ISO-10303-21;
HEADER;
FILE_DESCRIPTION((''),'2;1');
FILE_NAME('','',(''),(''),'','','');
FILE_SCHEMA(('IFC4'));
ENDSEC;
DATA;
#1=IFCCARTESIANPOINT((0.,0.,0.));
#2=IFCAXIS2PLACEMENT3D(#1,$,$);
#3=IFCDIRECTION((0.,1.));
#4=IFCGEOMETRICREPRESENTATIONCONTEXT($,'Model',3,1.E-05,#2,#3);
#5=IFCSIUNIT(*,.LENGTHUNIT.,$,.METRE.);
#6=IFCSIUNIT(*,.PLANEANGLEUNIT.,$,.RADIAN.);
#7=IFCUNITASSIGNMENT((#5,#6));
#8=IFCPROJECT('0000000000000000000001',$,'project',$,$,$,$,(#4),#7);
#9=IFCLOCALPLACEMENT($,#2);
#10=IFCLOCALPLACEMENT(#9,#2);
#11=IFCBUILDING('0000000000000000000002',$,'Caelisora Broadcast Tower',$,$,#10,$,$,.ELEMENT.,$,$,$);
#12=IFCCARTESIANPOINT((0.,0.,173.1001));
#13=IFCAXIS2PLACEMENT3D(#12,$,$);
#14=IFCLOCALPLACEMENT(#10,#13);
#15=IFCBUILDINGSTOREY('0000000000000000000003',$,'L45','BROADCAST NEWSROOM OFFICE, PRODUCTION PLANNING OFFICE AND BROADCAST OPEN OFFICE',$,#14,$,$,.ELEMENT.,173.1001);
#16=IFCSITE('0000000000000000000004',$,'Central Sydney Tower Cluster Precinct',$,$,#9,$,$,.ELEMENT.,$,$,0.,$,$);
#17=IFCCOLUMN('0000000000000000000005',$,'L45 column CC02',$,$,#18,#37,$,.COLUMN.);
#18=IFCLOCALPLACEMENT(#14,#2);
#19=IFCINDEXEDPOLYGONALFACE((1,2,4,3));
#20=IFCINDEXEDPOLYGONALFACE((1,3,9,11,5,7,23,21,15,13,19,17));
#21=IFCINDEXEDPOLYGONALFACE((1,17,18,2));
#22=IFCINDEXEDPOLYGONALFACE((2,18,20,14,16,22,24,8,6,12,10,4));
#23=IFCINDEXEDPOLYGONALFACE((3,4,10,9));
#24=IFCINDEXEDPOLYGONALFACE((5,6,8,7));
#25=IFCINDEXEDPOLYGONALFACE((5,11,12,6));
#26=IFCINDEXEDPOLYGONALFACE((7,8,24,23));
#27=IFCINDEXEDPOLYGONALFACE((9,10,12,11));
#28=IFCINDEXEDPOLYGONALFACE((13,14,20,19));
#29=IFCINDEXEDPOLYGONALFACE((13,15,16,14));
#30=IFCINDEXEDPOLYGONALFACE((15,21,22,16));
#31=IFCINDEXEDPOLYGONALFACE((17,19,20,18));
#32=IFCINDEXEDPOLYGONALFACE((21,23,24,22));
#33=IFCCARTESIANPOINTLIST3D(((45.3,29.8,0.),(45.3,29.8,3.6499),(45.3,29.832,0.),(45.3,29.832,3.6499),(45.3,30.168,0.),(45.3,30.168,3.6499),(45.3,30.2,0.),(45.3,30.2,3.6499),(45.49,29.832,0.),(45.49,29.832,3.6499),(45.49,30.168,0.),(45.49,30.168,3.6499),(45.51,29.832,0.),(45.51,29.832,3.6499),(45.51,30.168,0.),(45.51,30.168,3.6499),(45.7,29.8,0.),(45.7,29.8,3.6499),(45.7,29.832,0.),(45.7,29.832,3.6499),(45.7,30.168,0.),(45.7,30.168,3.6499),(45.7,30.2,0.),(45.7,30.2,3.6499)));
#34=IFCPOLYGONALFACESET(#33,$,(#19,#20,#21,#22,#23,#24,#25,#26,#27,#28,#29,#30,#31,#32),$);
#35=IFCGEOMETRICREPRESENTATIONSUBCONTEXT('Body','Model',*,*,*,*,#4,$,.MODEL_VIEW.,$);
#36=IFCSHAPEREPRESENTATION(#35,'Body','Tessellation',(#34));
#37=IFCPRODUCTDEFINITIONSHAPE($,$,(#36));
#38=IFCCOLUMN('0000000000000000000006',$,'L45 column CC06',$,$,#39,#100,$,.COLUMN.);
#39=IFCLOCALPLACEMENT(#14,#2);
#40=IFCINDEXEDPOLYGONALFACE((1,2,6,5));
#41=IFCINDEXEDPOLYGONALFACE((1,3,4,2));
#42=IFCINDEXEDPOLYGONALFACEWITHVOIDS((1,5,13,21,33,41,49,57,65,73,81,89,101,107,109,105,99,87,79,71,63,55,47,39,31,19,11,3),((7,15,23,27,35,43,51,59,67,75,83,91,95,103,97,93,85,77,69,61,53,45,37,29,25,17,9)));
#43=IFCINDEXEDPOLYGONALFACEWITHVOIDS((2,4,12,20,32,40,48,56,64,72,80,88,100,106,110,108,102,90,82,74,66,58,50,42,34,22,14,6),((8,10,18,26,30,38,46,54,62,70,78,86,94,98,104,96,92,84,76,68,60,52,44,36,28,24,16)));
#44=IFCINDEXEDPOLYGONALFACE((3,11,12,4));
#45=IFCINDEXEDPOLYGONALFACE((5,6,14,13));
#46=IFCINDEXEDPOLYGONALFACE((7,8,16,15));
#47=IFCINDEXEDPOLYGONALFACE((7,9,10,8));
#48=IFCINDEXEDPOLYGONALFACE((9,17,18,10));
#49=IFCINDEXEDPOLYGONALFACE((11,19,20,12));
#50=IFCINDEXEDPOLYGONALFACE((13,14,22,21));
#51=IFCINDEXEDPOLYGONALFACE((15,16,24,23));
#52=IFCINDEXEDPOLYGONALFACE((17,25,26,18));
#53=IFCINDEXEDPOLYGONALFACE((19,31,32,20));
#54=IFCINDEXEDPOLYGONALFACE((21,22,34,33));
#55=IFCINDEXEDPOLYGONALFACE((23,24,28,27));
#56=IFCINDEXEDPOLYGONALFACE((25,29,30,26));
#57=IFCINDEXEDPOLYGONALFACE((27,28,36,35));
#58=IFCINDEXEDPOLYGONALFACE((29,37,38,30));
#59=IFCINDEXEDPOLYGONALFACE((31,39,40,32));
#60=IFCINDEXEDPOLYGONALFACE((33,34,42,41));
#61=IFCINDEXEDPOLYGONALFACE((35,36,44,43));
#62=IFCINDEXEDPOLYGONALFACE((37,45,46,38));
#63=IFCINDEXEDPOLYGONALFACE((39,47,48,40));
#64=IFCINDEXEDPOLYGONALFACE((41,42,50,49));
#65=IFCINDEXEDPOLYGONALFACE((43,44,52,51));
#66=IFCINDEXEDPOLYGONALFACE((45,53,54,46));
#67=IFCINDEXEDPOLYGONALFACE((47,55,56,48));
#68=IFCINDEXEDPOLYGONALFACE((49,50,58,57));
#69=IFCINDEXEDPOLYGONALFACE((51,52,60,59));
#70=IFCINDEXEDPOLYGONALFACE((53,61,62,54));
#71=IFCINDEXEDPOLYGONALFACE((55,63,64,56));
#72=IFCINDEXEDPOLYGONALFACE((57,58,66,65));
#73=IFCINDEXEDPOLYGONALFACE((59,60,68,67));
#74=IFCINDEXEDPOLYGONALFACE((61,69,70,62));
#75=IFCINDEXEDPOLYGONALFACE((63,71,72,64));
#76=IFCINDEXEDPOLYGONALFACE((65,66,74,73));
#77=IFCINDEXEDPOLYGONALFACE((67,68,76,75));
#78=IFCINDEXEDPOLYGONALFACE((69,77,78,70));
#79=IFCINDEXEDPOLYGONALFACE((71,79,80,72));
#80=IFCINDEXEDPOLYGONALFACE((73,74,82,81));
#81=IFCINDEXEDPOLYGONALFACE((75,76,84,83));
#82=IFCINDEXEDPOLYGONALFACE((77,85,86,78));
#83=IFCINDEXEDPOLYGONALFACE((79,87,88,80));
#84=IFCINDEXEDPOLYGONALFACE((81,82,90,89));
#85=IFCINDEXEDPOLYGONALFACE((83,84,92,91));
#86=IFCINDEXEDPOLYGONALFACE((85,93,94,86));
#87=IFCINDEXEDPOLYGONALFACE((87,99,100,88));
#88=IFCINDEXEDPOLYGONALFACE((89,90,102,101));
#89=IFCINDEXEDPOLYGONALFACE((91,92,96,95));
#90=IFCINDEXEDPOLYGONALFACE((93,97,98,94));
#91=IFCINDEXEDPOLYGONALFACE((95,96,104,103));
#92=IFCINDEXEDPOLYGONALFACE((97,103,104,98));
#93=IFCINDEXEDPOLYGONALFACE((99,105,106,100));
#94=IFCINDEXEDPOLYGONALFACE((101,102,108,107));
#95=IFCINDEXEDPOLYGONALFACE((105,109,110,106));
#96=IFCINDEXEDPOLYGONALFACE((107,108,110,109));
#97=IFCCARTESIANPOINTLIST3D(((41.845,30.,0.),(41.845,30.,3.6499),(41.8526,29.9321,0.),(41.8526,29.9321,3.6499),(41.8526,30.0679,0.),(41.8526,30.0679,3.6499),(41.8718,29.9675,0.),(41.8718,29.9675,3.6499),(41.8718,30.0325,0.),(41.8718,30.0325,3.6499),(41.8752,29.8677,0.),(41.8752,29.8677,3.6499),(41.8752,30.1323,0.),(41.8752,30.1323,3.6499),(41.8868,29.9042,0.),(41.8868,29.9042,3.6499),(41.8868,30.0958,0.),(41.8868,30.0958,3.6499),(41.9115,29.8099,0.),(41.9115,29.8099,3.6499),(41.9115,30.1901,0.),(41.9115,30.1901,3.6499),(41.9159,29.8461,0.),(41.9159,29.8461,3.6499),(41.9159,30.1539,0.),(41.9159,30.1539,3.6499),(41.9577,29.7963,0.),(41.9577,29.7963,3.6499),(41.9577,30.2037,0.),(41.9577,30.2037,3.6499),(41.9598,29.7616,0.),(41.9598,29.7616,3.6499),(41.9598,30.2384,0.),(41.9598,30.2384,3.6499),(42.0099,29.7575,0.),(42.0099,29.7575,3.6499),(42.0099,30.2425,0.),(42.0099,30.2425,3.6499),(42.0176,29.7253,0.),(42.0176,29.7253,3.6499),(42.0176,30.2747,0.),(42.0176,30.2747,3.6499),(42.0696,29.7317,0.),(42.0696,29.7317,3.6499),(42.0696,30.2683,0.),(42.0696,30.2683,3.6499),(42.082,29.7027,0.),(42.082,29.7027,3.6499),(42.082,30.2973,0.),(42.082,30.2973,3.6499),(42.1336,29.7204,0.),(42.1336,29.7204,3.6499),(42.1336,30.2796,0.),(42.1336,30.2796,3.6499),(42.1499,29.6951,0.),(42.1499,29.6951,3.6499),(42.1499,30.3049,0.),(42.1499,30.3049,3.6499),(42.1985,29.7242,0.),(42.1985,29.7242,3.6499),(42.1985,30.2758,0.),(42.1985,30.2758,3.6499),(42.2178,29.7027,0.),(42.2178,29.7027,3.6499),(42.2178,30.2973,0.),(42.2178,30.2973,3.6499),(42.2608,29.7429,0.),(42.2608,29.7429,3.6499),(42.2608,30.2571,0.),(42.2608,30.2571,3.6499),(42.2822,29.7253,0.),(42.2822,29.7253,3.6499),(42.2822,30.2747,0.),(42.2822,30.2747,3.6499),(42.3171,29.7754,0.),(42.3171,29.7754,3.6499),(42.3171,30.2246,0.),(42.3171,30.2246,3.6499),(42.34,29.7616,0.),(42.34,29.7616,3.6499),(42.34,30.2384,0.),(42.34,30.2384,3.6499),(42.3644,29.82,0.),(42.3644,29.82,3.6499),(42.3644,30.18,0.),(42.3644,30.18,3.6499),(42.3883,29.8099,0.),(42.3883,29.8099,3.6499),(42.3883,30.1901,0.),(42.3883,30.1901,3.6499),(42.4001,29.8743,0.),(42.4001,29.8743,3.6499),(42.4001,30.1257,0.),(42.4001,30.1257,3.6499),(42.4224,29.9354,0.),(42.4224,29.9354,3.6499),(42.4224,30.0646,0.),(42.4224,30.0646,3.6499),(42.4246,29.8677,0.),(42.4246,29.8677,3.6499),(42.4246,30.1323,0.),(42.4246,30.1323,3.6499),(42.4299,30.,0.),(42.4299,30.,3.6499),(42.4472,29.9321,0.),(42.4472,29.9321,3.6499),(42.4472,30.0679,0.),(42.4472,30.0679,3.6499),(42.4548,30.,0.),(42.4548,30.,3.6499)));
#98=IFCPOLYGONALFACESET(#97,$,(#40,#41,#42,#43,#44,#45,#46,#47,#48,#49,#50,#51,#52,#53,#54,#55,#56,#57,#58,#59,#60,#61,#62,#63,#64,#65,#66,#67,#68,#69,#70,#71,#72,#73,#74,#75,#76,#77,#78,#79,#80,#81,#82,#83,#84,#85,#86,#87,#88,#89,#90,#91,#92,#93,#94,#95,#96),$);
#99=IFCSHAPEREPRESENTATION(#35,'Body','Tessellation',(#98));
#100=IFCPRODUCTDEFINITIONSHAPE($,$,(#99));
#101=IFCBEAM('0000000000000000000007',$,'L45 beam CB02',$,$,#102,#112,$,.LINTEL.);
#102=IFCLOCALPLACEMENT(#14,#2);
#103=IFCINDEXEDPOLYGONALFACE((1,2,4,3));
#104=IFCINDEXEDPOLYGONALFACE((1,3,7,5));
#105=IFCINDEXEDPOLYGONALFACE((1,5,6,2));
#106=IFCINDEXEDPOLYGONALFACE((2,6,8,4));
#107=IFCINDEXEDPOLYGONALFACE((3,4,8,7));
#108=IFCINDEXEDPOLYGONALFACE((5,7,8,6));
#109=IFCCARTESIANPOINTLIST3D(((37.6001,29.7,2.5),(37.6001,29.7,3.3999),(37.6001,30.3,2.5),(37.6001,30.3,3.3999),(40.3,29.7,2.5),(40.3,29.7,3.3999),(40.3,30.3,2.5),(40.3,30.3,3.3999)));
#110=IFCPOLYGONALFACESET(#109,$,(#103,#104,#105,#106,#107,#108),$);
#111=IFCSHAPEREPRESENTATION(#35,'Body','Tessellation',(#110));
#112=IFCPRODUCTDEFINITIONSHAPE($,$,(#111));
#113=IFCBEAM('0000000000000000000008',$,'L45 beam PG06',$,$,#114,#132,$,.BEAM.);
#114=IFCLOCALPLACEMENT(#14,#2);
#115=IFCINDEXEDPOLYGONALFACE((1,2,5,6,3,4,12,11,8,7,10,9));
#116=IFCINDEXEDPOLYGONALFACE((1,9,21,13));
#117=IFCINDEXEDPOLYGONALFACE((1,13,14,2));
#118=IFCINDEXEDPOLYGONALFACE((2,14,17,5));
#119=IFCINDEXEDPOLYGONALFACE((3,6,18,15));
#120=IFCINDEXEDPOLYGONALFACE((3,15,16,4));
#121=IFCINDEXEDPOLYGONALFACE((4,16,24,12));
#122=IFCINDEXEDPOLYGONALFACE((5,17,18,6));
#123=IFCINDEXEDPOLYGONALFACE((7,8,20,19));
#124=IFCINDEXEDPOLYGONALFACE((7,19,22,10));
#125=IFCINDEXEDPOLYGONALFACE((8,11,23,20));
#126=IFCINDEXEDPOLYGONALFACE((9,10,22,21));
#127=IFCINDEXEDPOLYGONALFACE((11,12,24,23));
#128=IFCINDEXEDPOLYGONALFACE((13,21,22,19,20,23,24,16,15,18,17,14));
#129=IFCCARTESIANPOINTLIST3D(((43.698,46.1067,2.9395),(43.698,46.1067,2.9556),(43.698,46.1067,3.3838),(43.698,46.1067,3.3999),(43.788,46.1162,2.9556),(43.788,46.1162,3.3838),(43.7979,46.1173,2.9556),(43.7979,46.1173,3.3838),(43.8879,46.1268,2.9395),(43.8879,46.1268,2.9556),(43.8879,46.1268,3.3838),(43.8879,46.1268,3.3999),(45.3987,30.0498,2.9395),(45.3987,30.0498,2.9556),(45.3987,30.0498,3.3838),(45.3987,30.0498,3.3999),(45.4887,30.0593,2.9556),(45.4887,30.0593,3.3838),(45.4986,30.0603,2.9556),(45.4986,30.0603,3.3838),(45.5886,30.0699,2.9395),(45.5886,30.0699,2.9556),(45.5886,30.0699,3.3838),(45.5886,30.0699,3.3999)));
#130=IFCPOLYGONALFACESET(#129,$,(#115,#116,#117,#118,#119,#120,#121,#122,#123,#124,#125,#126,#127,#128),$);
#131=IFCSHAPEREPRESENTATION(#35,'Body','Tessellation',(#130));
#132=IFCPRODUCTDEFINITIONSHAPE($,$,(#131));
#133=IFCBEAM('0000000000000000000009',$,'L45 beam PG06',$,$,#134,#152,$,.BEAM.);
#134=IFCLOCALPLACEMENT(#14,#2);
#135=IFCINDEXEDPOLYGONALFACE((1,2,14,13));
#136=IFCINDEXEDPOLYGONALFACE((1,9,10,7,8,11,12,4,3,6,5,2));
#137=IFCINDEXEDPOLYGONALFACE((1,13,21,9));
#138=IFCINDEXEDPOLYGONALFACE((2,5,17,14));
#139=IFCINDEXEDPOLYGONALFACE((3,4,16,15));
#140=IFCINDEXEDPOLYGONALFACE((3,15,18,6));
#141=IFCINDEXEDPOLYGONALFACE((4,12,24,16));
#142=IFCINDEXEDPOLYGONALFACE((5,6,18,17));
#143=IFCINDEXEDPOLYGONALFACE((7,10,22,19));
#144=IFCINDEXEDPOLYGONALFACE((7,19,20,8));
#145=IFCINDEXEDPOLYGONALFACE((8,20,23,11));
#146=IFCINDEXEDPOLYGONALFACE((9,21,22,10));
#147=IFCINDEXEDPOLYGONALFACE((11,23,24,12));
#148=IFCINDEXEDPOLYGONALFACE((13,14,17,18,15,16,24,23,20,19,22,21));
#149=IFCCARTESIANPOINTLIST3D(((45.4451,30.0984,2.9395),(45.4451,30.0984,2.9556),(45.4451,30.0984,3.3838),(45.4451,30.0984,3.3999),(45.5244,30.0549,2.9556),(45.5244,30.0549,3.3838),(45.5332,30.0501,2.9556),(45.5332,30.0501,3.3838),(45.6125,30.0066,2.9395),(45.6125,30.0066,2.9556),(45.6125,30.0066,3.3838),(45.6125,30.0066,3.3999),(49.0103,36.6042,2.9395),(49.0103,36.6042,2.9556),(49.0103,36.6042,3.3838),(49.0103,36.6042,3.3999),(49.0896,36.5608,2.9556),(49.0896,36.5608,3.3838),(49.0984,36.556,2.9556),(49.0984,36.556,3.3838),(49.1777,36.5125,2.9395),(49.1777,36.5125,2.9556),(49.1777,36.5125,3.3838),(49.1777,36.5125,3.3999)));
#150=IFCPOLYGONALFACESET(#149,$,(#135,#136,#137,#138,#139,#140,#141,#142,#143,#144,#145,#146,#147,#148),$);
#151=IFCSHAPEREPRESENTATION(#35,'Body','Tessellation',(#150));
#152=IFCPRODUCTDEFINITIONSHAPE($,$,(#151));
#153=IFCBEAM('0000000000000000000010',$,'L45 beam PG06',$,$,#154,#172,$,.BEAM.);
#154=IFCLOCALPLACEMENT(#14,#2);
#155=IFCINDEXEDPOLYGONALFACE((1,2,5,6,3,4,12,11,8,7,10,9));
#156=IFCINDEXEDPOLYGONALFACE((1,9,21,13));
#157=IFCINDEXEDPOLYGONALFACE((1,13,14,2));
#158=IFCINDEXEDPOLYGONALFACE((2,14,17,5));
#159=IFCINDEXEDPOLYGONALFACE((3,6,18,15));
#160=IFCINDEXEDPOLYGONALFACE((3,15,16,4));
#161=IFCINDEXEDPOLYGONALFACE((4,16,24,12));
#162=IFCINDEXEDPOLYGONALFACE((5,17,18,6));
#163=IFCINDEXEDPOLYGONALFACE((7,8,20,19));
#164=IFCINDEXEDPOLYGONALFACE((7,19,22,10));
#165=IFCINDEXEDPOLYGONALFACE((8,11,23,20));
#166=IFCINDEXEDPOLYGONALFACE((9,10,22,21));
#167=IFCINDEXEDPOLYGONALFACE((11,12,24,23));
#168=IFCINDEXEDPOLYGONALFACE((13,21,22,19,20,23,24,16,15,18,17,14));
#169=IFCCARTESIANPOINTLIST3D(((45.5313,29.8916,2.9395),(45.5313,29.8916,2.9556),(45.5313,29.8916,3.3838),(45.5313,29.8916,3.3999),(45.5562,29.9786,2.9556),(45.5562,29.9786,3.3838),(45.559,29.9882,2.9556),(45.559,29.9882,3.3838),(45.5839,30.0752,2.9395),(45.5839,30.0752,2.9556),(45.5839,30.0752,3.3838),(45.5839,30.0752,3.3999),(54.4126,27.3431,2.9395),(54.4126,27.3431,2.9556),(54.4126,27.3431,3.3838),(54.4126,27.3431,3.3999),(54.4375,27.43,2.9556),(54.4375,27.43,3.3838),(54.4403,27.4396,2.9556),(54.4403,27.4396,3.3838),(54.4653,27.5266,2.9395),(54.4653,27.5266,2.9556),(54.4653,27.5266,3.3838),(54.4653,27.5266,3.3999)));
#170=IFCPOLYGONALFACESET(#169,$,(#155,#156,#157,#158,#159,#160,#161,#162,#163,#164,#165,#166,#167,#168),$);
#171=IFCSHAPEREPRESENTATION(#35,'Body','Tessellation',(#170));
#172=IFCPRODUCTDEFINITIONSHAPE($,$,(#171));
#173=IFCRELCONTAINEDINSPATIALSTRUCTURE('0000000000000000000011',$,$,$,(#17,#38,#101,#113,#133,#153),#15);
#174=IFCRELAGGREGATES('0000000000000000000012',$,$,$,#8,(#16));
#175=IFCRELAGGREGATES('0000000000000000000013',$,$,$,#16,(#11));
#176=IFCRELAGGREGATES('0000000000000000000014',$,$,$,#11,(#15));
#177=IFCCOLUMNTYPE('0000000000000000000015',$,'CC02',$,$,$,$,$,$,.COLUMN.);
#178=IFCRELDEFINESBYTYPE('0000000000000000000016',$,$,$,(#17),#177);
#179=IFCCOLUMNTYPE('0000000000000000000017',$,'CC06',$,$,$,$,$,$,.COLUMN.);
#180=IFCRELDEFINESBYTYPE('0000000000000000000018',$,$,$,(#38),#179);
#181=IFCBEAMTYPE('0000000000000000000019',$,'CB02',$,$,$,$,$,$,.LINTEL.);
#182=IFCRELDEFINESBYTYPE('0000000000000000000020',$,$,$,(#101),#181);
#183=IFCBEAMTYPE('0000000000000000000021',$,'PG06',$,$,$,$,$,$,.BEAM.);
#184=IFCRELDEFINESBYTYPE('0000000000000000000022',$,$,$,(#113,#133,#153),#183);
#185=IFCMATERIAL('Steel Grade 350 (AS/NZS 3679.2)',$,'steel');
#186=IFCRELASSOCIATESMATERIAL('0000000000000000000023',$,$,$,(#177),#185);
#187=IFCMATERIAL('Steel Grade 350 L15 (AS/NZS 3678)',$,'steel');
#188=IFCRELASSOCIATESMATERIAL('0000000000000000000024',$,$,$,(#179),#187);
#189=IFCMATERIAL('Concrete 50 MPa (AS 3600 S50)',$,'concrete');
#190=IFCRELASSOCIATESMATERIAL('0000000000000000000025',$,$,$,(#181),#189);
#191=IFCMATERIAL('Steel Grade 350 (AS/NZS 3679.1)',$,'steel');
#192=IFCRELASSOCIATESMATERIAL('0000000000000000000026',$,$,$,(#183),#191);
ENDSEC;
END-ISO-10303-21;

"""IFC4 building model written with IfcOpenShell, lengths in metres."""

from ifc_helpers import new_model, si_unit, direction, frame, origin, origin_2d, place, context, subcontext, project, spatial, rectangle, hollow_circle, i_section, extrude, source, transform, mapped, material, material_profile, profile_set, type_object, type_shapes, element, save


model = new_model("IFC4")

# Units and contexts
model_context = context("Model", 3, precision=1e-05, world=origin(), true_north=direction((0.0, 1.0)))
body_context = subcontext(model_context, "Body", "Model", "MODEL_VIEW")
ifc_project = project(units=[si_unit("LENGTHUNIT", "METRE"), si_unit("PLANEANGLEUNIT", "RADIAN")], contexts=[model_context])

# Site, building, storey
site_placement = place(None, origin())
site = spatial("IfcSite", under=ifc_project, at=site_placement, Name="Central Sydney Tower Cluster Precinct", CompositionType="ELEMENT", RefElevation=0.0)
building_placement = place(site_placement, origin())
building = spatial("IfcBuilding", under=site, at=building_placement, Name="Caelisora Broadcast Tower", CompositionType="ELEMENT")
storey_placement = place(building_placement, frame((0.0, 0.0, 173.1001)))
storey = spatial("IfcBuildingStorey", under=building, at=storey_placement, Name="L45", Description="BROADCAST NEWSROOM OFFICE, PRODUCTION PLANNING OFFICE AND BROADCAST OPEN OFFICE", CompositionType="ELEMENT", Elevation=173.1001)

# Columns
ifc_material_1 = material(Name="Steel Grade 350 (AS/NZS 3679.2)", Category="steel")
ifc_material_profile_1 = material_profile(ifc_material_1, i_section(OverallWidth=0.3999, OverallDepth=0.3999, WebThickness=0.02, FlangeThickness=0.032, at=origin_2d()), Name="Steel Grade 350 (AS/NZS 3679.2)")
ifc_profile_set_1 = profile_set([ifc_material_profile_1], Name="Steel Grade 350 (AS/NZS 3679.2)")
column_type_1 = type_object("IfcColumnType", Name="CC02", PredefinedType="COLUMN", material=ifc_profile_set_1)
shared_shape_1 = source(origin(), body_context, "Body", "SweptSolid", [
    extrude(i_section(OverallWidth=0.3999, OverallDepth=0.3999, WebThickness=0.02, FlangeThickness=0.032, at=origin_2d()), origin(), (0.0, 0.0, 1.0), 3.6499),
])
type_shapes(column_type_1, [shared_shape_1])
column_1_placement = place(storey_placement, frame((45.5, 30.0, 0.0), z_axis=(0.0, 0.0, 1.0), x_axis=(1.0, 0.0, 0.0)))
element("IfcColumn", 1, at=column_1_placement, inside=storey, type_object=column_type_1, Name="L45 column CC02", PredefinedType="COLUMN", context=body_context, shape_type="MappedRepresentation", body=[
    mapped(shared_shape_1, transform((0.0, 0.0, 0.0), scale=1.0)),
])
ifc_material_2 = material(Name="Steel Grade 350 L15 (AS/NZS 3678)", Category="steel")
ifc_material_profile_2 = material_profile(ifc_material_2, hollow_circle(Radius=0.3049, WallThickness=0.0249, at=origin_2d()), Name="Steel Grade 350 L15 (AS/NZS 3678)")
ifc_profile_set_2 = profile_set([ifc_material_profile_2], Name="Steel Grade 350 L15 (AS/NZS 3678)")
column_type_2 = type_object("IfcColumnType", Name="CC06", PredefinedType="COLUMN", material=ifc_profile_set_2)
shared_shape_2 = source(origin(), body_context, "Body", "SweptSolid", [
    extrude(hollow_circle(Radius=0.3049, WallThickness=0.0249, at=origin_2d()), origin(), (0.0, 0.0, 1.0), 3.6499),
])
type_shapes(column_type_2, [shared_shape_2])
column_2_placement = place(storey_placement, frame((42.1499, 30.0, 0.0), z_axis=(0.0, 0.0, 1.0), x_axis=(1.0, 0.0, 0.0)))
element("IfcColumn", 2, at=column_2_placement, inside=storey, type_object=column_type_2, Name="L45 column CC06", PredefinedType="COLUMN", context=body_context, shape_type="MappedRepresentation", body=[
    mapped(shared_shape_2, transform((0.0, 0.0, 0.0), scale=1.0)),
])

# Beams
ifc_material_3 = material(Name="Concrete 50 MPa (AS 3600 S50)", Category="concrete")
ifc_material_profile_3 = material_profile(ifc_material_3, rectangle(XDim=0.6001, YDim=0.8999, at=origin_2d()), Name="Concrete 50 MPa (AS 3600 S50)")
ifc_profile_set_3 = profile_set([ifc_material_profile_3], Name="Concrete 50 MPa (AS 3600 S50)")
beam_type_1 = type_object("IfcBeamType", Name="CB02", PredefinedType="LINTEL", material=ifc_profile_set_3)
shared_shape_3 = source(origin(), body_context, "Body", "SweptSolid", [
    extrude(rectangle(XDim=0.6001, YDim=0.8999, at=origin_2d()), origin(), (0.0, 0.0, 1.0), 2.7),
])
type_shapes(beam_type_1, [shared_shape_3])
beam_1_placement = place(storey_placement, frame((37.6001, 30.0, 2.95), z_axis=(1.0, 0.0, 0.0), x_axis=(0.0, 1.0, 0.0)))
element("IfcBeam", 3, at=beam_1_placement, inside=storey, type_object=beam_type_1, Name="L45 beam CB02", PredefinedType="LINTEL", context=body_context, shape_type="MappedRepresentation", body=[
    mapped(shared_shape_3, transform((0.0, 0.0, 0.0), scale=1.0)),
])
ifc_material_4 = material(Name="Steel Grade 350 (AS/NZS 3679.1)", Category="steel")
ifc_material_profile_4 = material_profile(ifc_material_4, i_section(OverallWidth=0.1909, OverallDepth=0.4604, WebThickness=0.01, FlangeThickness=0.0161, at=origin_2d()), Name="Steel Grade 350 (AS/NZS 3679.1)")
ifc_profile_set_4 = profile_set([ifc_material_profile_4], Name="Steel Grade 350 (AS/NZS 3679.1)")
beam_type_2 = type_object("IfcBeamType", Name="PG06", PredefinedType="BEAM", material=ifc_profile_set_4)
shared_shape_4 = source(origin(), body_context, "Body", "SweptSolid", [
    extrude(i_section(OverallWidth=0.1909, OverallDepth=0.4604, WebThickness=0.01, FlangeThickness=0.0161, at=origin_2d()), origin(), (0.0, 0.0, 1.0), 16.1467),
])
beam_2_placement = place(storey_placement, frame((45.4937, 30.0598, 3.1697), z_axis=(-0.105327, 0.994438, 0.0), x_axis=(-0.994438, -0.105327, 0.0)))
element("IfcBeam", 4, at=beam_2_placement, inside=storey, type_object=beam_type_2, Name="L45 beam PG06", PredefinedType="BEAM", context=body_context, shape_type="MappedRepresentation", body=[
    mapped(shared_shape_4, transform((0.0, 0.0, 0.0), scale=1.0)),
])
shared_shape_5 = source(origin(), body_context, "Body", "SweptSolid", [
    extrude(i_section(OverallWidth=0.1909, OverallDepth=0.4604, WebThickness=0.01, FlangeThickness=0.0161, at=origin_2d()), origin(), (0.0, 0.0, 1.0), 7.4187),
])
beam_3_placement = place(storey_placement, frame((45.5288, 30.0525, 3.1697), z_axis=(0.480569, 0.876957, 0.0), x_axis=(-0.876957, 0.480569, 0.0)))
element("IfcBeam", 5, at=beam_3_placement, inside=storey, type_object=beam_type_2, Name="L45 beam PG06", PredefinedType="BEAM", context=body_context, shape_type="MappedRepresentation", body=[
    mapped(shared_shape_5, transform((0.0, 0.0, 0.0), scale=1.0)),
])
shared_shape_6 = source(origin(), body_context, "Body", "SweptSolid", [
    extrude(i_section(OverallWidth=0.1909, OverallDepth=0.4604, WebThickness=0.01, FlangeThickness=0.0161, at=origin_2d()), origin(), (0.0, 0.0, 1.0), 9.2397),
])
type_shapes(beam_type_2, [shared_shape_4, shared_shape_5, shared_shape_6])
beam_4_placement = place(storey_placement, frame((45.5576, 29.9834, 3.1697), z_axis=(0.961207, -0.275827, 0.0), x_axis=(0.275827, 0.961207, 0.0)))
element("IfcBeam", 6, at=beam_4_placement, inside=storey, type_object=beam_type_2, Name="L45 beam PG06", PredefinedType="BEAM", context=body_context, shape_type="MappedRepresentation", body=[
    mapped(shared_shape_6, transform((0.0, 0.0, 0.0), scale=1.0)),
])

save(model, "model.ifc")
